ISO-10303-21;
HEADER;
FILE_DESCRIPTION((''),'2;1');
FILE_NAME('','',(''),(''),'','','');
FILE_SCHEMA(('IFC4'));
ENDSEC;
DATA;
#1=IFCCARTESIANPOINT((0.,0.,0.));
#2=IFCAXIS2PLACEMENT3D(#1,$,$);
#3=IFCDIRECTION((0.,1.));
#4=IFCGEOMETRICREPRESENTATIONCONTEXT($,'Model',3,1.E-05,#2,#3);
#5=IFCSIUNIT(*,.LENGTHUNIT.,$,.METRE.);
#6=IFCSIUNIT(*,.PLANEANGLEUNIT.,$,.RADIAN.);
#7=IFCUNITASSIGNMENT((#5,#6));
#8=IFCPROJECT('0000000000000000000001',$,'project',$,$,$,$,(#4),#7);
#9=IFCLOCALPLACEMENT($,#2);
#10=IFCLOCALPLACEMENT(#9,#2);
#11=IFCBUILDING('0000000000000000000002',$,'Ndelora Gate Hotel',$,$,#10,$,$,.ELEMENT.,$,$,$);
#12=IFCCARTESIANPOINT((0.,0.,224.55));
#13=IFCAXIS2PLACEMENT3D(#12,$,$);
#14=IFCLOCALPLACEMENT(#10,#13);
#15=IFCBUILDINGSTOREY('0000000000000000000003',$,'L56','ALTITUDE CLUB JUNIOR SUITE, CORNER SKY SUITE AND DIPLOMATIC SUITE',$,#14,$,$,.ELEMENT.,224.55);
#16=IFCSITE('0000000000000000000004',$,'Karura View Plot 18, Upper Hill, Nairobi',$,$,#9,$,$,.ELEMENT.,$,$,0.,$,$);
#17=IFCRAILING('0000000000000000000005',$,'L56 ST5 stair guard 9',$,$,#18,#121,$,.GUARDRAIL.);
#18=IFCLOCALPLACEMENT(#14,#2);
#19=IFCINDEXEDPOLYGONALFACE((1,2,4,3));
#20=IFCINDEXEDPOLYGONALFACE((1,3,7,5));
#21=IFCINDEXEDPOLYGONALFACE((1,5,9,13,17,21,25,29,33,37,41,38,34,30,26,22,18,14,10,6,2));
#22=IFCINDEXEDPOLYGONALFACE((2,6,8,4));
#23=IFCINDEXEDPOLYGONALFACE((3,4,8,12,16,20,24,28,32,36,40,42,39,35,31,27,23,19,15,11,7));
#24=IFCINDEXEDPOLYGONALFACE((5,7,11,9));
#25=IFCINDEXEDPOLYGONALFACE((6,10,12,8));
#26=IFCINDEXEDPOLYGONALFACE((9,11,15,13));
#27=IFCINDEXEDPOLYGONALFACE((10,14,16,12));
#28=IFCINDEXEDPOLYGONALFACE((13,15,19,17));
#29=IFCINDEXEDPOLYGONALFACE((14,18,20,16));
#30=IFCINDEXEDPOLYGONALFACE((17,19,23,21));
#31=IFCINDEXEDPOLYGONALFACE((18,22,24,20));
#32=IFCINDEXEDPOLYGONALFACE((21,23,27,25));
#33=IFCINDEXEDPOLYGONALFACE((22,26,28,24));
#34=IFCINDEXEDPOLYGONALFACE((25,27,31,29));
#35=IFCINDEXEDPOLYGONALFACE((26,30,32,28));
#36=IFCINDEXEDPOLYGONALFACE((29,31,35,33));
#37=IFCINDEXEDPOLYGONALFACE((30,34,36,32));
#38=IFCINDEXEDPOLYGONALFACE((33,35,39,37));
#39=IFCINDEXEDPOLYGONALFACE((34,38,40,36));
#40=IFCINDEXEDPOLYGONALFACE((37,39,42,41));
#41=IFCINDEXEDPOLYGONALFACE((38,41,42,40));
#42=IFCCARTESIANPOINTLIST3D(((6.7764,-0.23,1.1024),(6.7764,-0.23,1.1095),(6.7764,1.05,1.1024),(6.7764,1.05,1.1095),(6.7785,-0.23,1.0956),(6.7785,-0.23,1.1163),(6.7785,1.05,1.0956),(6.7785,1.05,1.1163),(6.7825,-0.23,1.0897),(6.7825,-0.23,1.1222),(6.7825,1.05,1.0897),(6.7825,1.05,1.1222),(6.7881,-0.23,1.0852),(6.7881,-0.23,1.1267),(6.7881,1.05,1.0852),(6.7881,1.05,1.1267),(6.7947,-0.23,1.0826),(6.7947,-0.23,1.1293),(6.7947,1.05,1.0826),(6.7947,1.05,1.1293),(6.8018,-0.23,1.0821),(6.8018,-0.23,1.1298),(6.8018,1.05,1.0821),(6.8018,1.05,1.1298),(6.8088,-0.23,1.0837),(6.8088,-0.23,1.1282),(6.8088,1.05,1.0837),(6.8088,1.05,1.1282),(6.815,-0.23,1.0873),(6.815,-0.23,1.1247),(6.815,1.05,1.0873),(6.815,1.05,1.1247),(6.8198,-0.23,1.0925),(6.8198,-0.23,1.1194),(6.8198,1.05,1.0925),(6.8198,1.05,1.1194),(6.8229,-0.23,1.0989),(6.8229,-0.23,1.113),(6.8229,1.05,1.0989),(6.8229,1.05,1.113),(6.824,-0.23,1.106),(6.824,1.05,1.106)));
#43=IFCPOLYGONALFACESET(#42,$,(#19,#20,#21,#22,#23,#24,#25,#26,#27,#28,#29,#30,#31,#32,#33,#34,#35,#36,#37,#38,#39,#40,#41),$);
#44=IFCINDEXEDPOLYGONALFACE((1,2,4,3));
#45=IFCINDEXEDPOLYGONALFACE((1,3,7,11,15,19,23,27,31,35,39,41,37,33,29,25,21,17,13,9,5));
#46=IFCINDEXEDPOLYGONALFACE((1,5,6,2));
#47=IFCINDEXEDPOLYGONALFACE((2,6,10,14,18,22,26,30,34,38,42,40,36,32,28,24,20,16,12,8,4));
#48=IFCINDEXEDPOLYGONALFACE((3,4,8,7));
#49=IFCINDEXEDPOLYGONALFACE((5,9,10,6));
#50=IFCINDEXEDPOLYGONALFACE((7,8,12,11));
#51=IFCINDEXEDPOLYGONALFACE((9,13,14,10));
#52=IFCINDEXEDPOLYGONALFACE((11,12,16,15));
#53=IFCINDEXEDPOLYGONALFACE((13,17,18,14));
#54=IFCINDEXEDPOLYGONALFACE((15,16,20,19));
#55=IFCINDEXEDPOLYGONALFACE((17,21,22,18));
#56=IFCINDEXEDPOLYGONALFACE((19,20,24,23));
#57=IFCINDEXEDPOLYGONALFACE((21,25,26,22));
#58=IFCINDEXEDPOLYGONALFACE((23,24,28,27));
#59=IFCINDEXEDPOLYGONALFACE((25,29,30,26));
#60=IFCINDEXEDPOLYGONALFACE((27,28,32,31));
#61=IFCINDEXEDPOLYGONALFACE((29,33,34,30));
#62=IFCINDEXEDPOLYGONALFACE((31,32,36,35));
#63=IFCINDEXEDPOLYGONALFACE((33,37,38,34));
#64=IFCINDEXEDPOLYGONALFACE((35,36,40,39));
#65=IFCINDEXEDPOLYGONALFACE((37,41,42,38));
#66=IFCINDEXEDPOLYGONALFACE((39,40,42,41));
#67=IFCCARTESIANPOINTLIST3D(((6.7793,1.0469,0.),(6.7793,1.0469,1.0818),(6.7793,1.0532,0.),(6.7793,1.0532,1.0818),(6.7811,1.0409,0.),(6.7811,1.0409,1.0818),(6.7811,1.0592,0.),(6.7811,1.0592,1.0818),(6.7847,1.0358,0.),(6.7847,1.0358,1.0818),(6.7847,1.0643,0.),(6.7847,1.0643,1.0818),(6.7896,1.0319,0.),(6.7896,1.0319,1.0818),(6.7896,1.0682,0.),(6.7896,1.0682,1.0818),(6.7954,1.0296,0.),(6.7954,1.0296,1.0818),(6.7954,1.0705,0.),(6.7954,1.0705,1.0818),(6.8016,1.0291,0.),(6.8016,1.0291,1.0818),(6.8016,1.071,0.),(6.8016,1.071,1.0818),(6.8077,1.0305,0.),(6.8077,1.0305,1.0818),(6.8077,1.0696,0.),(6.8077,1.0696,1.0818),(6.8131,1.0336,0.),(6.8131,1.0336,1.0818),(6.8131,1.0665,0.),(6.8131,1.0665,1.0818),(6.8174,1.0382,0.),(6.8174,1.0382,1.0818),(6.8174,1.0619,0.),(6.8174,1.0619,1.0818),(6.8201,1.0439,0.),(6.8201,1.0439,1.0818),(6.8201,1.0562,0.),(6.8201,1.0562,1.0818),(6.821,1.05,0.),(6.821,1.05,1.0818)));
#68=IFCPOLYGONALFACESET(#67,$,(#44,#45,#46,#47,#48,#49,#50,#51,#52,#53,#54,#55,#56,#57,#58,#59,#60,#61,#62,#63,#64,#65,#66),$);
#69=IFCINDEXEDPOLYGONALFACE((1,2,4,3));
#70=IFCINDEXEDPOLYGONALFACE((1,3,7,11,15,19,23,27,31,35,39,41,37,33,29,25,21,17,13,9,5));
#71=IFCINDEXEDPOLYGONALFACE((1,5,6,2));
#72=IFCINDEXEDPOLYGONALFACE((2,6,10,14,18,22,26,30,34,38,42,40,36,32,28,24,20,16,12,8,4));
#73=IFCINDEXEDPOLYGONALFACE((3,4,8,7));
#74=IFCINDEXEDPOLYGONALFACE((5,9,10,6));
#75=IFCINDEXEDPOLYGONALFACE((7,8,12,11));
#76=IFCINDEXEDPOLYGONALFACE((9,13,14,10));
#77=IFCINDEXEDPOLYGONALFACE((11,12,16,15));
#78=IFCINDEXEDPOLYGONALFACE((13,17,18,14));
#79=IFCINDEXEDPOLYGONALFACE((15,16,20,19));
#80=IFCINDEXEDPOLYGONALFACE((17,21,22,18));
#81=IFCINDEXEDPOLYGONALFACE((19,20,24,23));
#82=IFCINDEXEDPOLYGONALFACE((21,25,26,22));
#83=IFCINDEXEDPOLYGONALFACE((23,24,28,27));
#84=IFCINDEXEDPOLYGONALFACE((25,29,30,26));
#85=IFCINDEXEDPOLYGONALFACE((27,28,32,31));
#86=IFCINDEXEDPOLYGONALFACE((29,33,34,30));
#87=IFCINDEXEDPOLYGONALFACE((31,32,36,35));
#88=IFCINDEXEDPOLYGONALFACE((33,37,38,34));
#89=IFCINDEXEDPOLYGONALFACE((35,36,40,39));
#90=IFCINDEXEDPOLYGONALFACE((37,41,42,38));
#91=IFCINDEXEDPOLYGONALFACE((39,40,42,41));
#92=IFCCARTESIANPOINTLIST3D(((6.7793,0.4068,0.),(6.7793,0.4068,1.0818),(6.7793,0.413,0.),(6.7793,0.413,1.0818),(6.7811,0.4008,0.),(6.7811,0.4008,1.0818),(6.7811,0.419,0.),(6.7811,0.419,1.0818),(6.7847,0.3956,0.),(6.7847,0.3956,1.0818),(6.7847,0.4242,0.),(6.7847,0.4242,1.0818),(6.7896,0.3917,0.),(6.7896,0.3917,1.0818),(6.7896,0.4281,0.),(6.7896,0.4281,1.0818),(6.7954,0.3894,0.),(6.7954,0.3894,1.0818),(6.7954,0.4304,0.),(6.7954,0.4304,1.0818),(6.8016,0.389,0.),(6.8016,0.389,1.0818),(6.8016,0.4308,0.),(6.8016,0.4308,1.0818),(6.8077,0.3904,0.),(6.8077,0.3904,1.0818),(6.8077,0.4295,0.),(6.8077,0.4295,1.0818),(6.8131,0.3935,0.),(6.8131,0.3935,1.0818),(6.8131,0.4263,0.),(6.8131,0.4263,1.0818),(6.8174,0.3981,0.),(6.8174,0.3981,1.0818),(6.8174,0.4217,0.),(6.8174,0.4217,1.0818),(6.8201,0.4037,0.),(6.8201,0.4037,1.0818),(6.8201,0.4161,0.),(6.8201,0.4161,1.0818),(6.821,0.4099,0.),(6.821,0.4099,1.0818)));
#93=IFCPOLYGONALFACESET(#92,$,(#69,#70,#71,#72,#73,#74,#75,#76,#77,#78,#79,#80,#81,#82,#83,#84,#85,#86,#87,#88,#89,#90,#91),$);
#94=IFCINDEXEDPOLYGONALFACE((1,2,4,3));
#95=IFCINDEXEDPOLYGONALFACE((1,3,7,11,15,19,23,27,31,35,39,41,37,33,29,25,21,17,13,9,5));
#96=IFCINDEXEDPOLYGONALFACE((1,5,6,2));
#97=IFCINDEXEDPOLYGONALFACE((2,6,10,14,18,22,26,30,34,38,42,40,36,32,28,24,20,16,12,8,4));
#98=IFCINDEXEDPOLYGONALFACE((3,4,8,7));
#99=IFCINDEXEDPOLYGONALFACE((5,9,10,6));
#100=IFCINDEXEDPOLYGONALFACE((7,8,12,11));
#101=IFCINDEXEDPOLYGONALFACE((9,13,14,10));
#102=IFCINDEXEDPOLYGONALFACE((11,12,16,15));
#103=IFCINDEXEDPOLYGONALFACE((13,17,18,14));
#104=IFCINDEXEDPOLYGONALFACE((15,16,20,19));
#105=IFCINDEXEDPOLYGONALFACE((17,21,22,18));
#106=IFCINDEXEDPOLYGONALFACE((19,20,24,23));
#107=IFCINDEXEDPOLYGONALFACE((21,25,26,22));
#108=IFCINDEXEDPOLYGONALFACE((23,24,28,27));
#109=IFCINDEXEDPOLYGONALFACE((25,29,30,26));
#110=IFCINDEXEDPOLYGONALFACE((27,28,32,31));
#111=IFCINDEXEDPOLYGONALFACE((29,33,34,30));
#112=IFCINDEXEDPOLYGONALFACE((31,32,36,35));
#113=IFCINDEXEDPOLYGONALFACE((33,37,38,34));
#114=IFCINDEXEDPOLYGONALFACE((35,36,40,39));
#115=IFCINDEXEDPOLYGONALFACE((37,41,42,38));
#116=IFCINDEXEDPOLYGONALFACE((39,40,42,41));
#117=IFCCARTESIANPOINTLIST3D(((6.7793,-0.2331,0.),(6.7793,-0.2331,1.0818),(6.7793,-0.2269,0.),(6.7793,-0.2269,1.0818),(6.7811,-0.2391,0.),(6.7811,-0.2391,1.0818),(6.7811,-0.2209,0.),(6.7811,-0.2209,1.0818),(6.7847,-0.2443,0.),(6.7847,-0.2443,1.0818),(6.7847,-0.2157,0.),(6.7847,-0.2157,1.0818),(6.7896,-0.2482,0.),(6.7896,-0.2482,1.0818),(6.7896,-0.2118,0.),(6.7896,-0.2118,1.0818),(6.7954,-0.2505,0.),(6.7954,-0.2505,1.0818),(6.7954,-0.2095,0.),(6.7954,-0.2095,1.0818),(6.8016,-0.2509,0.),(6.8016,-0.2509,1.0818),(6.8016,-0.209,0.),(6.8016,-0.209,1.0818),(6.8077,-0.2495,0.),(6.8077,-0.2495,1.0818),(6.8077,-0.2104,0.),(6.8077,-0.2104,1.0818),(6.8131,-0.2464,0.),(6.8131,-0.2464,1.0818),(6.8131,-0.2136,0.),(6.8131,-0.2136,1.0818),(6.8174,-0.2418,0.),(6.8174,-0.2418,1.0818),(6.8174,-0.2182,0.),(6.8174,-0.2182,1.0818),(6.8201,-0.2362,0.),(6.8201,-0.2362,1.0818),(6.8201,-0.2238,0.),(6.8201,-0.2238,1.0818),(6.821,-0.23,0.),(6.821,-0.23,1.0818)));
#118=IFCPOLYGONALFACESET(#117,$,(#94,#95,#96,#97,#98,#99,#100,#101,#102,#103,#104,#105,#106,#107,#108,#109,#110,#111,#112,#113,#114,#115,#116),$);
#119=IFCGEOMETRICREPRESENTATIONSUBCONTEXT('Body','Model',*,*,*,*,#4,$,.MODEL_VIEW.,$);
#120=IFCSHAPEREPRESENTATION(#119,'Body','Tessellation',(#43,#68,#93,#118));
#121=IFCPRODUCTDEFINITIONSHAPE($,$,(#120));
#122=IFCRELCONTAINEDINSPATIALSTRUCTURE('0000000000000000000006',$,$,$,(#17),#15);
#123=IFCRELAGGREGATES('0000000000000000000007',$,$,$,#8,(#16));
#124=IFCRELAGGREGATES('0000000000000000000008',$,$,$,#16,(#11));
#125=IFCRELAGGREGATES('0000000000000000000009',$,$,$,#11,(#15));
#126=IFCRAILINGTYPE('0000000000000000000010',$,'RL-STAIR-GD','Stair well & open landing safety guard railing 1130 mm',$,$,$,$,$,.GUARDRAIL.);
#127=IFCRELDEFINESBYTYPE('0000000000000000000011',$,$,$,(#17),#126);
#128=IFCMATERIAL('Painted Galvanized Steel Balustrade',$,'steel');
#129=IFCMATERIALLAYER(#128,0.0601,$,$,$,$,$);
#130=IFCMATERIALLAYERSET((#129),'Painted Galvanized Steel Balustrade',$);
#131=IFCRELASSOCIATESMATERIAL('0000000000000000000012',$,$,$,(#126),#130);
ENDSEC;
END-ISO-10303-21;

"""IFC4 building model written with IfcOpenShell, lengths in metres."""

from ifc_helpers import new_model, si_unit, direction, frame, origin, origin_2d, place, context, subcontext, project, spatial, circle, extrude, material, layer, layer_set, type_object, element, save


model = new_model("IFC4")

# Units and contexts
model_context = context("Model", 3, precision=1e-05, world=origin(), true_north=direction((0.0, 1.0)))
body_context = subcontext(model_context, "Body", "Model", "MODEL_VIEW")
ifc_project = project(units=[si_unit("LENGTHUNIT", "METRE"), si_unit("PLANEANGLEUNIT", "RADIAN")], contexts=[model_context])

# Site, building, storey
site_placement = place(None, origin())
site = spatial("IfcSite", under=ifc_project, at=site_placement, Name="Karura View Plot 18, Upper Hill, Nairobi", CompositionType="ELEMENT", RefElevation=0.0)
building_placement = place(site_placement, origin())
building = spatial("IfcBuilding", under=site, at=building_placement, Name="Ndelora Gate Hotel", CompositionType="ELEMENT")
storey_placement = place(building_placement, frame((0.0, 0.0, 224.55)))
storey = spatial("IfcBuildingStorey", under=building, at=storey_placement, Name="L56", Description="ALTITUDE CLUB JUNIOR SUITE, CORNER SKY SUITE AND DIPLOMATIC SUITE", CompositionType="ELEMENT", Elevation=224.55)

# Railing
ifc_material_1 = material(Name="Painted Galvanized Steel Balustrade", Category="steel")
ifc_layer_1 = layer(ifc_material_1, 0.0601)
ifc_layer_set_1 = layer_set([ifc_layer_1], Name="Painted Galvanized Steel Balustrade")
railing_type = type_object("IfcRailingType", Name="RL-STAIR-GD", Description="Stair well & open landing safety guard railing 1130 mm", PredefinedType="GUARDRAIL", material=ifc_layer_set_1)
for number, where, name in (
    (1, (6.8, 1.05, 0.0), "L56 ST5 stair guard 9"),
):
    element("IfcRailing", number, at=place(storey_placement, frame(where)), inside=storey, type_object=railing_type, Name=name, PredefinedType="GUARDRAIL", context=body_context, shape_type="SweptSolid", body=[
        extrude(circle(Radius=0.0239, at=origin_2d()), frame((0.0, 0.0, 1.106), z_axis=(0.0, -1.0, 0.0), x_axis=(1.0, 0.0, 0.0)), (0.0, 0.0, 1.0), 1.28),
        extrude(circle(Radius=0.021, at=origin_2d()), origin(), (0.0, 0.0, 1.0), 1.0818),
        extrude(circle(Radius=0.021, at=origin_2d()), frame((0.0, -0.6401, 0.0)), (0.0, 0.0, 1.0), 1.0818),
        extrude(circle(Radius=0.021, at=origin_2d()), frame((0.0, -1.28, 0.0)), (0.0, 0.0, 1.0), 1.0818),
    ])

save(model, "model.ifc")
